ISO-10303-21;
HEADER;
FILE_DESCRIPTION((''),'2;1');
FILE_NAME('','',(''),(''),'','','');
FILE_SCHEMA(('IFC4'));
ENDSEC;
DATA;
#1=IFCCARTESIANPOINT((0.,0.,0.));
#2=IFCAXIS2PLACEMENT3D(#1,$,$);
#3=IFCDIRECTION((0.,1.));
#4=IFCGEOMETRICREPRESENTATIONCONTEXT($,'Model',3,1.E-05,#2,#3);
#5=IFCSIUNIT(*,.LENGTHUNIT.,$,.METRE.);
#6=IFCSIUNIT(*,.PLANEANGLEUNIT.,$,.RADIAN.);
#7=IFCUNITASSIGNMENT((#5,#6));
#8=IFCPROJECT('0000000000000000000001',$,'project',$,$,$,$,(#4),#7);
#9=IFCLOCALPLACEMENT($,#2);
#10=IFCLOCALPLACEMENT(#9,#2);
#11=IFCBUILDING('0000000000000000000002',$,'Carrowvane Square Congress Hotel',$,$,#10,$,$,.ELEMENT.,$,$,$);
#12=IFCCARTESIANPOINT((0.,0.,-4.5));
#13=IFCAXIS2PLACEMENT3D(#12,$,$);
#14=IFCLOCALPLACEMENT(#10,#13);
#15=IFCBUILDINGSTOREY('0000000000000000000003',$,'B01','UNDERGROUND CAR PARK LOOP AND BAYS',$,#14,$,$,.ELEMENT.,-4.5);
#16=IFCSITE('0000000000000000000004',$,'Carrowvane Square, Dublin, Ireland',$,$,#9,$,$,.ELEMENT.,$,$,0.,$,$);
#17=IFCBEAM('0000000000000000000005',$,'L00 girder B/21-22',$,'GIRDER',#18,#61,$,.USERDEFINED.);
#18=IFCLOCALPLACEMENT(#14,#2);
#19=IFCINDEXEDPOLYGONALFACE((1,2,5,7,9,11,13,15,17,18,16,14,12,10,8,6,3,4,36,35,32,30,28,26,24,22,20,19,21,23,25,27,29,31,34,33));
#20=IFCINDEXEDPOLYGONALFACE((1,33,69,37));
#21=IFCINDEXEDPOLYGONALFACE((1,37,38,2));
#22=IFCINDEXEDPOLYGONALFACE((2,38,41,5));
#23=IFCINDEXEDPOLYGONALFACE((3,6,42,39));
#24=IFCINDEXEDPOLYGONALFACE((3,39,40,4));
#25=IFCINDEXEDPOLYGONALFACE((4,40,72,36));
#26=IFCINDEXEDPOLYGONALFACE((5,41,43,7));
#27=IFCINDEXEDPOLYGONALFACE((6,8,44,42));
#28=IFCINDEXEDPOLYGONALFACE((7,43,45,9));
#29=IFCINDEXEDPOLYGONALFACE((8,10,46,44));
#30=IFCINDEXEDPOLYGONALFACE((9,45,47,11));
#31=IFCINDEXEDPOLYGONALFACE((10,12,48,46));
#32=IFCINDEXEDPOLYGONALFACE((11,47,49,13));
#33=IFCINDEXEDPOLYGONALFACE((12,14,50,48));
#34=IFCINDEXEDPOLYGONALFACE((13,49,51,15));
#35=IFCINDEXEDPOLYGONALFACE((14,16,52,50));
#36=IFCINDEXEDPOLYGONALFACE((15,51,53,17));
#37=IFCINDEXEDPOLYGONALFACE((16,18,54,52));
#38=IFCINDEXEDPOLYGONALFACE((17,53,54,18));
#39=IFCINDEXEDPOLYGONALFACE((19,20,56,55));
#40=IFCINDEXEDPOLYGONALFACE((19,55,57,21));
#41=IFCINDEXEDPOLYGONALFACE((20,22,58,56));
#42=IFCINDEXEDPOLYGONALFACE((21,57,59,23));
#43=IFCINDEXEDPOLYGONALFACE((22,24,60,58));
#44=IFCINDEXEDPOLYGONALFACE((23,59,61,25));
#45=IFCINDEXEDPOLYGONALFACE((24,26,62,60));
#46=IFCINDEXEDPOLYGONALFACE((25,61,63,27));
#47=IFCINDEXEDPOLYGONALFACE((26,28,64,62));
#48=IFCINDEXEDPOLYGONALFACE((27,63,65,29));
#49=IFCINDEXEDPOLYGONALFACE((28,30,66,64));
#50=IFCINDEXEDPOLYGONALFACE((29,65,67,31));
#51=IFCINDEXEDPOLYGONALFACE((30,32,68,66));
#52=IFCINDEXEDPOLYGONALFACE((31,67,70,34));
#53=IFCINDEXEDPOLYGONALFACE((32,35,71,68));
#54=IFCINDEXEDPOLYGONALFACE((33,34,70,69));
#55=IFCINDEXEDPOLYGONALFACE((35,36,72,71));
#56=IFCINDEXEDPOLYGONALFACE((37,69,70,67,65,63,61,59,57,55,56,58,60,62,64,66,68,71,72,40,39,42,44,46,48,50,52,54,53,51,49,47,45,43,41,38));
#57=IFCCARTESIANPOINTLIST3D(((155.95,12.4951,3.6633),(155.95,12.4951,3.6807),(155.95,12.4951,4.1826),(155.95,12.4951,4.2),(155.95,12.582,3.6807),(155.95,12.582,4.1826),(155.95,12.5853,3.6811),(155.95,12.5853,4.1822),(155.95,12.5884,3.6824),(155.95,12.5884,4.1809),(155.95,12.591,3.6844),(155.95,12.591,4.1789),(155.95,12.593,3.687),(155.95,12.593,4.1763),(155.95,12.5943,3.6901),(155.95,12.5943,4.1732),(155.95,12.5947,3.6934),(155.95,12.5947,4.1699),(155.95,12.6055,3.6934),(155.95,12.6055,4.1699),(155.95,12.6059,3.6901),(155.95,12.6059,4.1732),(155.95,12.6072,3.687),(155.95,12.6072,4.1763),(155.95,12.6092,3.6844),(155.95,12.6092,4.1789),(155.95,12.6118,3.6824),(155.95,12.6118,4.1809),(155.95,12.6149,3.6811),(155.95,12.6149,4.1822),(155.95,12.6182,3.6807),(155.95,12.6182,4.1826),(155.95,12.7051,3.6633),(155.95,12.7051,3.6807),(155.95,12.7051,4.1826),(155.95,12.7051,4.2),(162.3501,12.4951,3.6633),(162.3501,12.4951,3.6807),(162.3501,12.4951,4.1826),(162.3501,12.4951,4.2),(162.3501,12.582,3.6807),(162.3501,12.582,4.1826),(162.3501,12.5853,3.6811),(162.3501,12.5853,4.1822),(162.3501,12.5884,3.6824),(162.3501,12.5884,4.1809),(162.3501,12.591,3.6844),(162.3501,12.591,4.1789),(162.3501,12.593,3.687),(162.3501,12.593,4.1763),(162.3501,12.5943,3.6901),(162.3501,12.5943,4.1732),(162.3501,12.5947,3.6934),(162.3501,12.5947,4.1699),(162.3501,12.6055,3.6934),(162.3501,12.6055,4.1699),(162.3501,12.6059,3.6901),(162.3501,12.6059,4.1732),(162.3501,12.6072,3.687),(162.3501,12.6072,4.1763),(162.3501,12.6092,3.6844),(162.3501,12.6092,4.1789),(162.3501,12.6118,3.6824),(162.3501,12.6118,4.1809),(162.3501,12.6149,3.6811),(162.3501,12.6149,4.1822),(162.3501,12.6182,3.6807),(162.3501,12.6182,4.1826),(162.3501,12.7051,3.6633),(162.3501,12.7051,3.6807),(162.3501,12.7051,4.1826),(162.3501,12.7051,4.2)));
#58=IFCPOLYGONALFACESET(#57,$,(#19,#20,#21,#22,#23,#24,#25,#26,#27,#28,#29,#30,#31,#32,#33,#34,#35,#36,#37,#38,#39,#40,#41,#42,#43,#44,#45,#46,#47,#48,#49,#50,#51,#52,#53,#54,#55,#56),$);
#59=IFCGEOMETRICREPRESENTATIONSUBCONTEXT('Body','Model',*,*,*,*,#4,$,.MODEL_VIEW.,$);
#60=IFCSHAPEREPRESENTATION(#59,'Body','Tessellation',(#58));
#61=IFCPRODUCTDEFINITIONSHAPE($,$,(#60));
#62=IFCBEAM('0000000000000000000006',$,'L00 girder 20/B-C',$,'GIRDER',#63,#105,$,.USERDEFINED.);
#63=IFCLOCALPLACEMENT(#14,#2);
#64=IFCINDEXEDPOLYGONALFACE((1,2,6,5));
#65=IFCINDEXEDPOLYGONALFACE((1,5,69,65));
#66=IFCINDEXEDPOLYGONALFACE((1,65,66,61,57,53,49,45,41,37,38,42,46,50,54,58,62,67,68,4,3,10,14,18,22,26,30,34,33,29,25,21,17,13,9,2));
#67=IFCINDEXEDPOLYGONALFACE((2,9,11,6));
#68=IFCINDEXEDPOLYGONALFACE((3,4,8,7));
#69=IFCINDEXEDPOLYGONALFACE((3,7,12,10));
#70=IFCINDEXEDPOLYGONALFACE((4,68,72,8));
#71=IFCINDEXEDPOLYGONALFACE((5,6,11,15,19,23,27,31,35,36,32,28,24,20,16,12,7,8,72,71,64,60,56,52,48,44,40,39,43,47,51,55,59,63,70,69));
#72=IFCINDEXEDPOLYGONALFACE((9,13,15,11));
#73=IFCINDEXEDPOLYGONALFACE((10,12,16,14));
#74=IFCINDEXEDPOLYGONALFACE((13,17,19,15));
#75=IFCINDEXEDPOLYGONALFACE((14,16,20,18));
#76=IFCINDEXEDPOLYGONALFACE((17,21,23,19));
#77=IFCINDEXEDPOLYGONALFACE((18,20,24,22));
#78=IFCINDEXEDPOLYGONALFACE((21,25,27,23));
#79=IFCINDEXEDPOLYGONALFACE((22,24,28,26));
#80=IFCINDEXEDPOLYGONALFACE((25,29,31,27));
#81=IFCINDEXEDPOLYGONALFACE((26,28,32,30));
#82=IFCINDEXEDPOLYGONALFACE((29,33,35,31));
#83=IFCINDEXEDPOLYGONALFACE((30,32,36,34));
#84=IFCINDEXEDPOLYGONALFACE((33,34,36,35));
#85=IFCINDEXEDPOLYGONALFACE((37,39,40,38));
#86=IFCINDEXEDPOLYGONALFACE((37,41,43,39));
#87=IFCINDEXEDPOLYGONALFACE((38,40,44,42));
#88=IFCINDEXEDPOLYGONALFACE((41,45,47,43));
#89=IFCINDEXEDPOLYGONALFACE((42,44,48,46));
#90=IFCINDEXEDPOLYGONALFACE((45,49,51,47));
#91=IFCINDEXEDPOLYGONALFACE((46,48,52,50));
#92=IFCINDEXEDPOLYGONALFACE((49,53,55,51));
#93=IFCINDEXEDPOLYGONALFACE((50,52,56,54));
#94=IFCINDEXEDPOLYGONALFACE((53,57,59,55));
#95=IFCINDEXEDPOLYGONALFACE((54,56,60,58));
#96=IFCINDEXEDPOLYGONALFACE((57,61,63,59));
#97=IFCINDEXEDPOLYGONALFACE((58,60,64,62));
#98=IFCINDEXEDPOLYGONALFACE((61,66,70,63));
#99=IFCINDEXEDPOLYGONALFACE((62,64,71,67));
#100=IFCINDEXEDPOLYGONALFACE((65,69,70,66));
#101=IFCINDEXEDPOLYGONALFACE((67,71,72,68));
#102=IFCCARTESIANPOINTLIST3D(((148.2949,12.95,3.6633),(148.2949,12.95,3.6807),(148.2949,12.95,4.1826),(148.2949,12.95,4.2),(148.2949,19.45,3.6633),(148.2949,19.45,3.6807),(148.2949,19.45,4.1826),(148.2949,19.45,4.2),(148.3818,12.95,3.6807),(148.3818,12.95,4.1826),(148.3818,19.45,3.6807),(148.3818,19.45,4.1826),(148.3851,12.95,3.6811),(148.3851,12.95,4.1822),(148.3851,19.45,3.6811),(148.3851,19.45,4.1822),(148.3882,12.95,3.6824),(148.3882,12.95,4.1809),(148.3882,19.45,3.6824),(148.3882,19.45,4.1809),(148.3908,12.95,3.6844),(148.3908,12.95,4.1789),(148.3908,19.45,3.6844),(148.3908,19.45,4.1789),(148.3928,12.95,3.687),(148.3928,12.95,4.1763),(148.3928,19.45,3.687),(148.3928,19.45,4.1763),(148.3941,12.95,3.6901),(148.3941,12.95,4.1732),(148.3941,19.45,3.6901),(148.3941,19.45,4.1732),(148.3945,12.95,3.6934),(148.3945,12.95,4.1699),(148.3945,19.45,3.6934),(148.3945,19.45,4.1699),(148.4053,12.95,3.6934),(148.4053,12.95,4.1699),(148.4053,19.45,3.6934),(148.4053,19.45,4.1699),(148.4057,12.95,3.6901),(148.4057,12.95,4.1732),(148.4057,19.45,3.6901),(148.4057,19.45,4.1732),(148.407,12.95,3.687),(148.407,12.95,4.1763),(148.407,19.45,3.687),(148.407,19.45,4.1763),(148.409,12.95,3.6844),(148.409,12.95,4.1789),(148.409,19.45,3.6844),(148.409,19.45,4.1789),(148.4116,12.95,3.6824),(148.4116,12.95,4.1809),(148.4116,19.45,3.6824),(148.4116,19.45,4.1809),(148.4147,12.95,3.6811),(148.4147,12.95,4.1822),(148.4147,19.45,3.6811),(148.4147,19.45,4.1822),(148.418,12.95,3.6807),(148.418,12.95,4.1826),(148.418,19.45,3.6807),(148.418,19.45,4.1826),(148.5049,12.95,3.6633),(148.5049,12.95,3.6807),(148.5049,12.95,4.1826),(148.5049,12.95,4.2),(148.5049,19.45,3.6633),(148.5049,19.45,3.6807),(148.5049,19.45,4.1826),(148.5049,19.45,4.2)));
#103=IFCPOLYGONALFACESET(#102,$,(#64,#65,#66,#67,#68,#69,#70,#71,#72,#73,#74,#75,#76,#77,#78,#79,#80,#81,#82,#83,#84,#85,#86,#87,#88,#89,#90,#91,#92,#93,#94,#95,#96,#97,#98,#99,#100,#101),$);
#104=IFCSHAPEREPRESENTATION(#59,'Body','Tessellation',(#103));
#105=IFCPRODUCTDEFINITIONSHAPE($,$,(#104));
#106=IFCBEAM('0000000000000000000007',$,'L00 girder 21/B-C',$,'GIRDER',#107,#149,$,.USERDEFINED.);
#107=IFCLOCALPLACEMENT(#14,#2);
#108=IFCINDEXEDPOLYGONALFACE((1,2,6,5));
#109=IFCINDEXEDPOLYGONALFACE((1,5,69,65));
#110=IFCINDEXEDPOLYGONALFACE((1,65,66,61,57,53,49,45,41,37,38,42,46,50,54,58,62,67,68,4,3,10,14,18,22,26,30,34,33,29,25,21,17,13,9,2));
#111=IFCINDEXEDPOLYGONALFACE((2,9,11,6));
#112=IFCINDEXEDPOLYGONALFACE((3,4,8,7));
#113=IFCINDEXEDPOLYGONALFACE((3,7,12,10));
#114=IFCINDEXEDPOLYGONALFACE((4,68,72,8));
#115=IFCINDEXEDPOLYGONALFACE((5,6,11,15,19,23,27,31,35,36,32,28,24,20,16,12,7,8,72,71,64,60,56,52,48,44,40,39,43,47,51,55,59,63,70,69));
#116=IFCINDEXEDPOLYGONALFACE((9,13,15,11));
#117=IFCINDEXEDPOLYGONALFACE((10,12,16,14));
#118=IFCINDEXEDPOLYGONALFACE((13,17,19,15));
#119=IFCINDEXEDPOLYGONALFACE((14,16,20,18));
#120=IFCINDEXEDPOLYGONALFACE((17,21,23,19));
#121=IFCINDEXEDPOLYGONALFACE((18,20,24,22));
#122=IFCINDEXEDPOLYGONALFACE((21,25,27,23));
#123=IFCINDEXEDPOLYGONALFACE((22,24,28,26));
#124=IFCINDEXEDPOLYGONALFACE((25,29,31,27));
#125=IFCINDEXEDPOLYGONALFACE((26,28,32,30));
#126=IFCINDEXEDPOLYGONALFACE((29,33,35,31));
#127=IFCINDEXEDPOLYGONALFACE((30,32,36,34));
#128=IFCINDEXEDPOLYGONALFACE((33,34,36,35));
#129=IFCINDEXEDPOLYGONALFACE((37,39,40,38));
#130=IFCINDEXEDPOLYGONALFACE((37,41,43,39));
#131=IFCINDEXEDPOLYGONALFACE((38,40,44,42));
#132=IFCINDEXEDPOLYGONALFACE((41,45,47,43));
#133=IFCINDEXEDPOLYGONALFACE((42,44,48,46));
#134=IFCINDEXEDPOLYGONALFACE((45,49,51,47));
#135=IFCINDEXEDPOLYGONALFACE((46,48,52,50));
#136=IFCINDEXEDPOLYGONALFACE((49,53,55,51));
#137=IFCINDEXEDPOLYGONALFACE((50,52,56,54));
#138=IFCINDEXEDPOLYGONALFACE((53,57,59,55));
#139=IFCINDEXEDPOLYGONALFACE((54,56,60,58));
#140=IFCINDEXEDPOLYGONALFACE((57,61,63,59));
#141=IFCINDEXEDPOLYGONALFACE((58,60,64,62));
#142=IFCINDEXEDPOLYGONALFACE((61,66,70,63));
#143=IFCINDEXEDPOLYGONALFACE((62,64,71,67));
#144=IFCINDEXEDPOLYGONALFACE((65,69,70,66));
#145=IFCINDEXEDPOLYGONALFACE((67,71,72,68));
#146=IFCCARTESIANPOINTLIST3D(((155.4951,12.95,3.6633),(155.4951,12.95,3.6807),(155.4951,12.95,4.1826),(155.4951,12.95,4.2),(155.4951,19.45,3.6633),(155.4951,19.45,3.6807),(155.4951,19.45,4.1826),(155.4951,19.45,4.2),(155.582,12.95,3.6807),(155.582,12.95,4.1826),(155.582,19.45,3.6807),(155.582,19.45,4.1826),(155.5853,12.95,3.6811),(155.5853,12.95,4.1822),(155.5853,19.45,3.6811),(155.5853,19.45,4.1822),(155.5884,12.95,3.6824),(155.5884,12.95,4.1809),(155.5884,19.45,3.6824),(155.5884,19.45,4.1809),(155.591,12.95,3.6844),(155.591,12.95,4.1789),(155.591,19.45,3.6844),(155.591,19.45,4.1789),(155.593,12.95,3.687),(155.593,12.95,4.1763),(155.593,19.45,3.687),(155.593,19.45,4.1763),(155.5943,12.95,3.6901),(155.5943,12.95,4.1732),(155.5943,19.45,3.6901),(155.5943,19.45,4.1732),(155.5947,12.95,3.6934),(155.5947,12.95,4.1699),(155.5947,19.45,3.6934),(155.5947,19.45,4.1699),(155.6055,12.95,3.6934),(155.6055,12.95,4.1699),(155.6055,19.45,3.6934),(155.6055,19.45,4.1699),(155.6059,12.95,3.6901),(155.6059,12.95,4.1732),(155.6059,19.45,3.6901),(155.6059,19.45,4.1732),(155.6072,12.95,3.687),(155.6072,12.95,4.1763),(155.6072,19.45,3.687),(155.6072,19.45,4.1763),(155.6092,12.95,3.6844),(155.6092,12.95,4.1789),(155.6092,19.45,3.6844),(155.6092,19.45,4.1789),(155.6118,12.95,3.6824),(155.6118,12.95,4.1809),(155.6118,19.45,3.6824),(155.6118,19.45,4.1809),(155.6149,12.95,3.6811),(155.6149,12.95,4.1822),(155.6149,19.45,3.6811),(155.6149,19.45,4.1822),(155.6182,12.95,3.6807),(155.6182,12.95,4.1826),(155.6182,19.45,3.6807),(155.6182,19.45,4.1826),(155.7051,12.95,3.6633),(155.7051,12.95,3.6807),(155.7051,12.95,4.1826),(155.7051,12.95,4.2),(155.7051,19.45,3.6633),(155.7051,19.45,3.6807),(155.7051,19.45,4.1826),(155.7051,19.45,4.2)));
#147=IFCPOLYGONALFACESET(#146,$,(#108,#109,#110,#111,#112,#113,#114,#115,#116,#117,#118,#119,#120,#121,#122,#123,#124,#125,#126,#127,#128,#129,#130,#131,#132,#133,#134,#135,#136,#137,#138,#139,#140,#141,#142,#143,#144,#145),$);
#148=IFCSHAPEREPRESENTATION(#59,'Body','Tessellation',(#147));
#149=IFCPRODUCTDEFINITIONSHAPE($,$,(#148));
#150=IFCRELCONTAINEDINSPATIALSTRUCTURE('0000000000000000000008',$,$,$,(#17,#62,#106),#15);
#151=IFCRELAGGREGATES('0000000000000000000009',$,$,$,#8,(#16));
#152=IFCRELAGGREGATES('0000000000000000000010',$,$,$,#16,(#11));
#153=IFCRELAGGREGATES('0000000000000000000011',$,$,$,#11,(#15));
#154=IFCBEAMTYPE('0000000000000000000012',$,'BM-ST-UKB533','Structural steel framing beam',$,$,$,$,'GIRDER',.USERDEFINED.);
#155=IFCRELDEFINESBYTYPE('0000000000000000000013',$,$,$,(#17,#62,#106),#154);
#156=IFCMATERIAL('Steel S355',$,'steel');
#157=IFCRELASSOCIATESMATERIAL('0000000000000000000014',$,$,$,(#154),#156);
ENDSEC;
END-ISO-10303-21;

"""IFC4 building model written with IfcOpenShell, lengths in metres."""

from ifc_helpers import new_model, si_unit, direction, frame, origin, origin_2d, place, context, subcontext, project, spatial, i_section, extrude, material, material_profile, profile_set, type_object, element, save


model = new_model("IFC4")

# Units and contexts
model_context = context("Model", 3, precision=1e-05, world=origin(), true_north=direction((0.0, 1.0)))
body_context = subcontext(model_context, "Body", "Model", "MODEL_VIEW")
ifc_project = project(units=[si_unit("LENGTHUNIT", "METRE"), si_unit("PLANEANGLEUNIT", "RADIAN")], contexts=[model_context])

# Site, building, storey
site_placement = place(None, origin())
site = spatial("IfcSite", under=ifc_project, at=site_placement, Name="Carrowvane Square, Dublin, Ireland", CompositionType="ELEMENT", RefElevation=0.0)
building_placement = place(site_placement, origin())
building = spatial("IfcBuilding", under=site, at=building_placement, Name="Carrowvane Square Congress Hotel", CompositionType="ELEMENT")
storey_placement = place(building_placement, frame((0.0, 0.0, -4.5)))
storey = spatial("IfcBuildingStorey", under=building, at=storey_placement, Name="B01", Description="UNDERGROUND CAR PARK LOOP AND BAYS", CompositionType="ELEMENT", Elevation=-4.5)

# Beams
ifc_material_1 = material(Name="Steel S355", Category="steel")
ifc_material_profile_1 = material_profile(ifc_material_1, i_section(OverallWidth=0.21, OverallDepth=0.5366, WebThickness=0.0107, FlangeThickness=0.0173, FilletRadius=0.0127, at=origin_2d()), Name="UKB 533x210x101")
ifc_profile_set_1 = profile_set([ifc_material_profile_1], Name="Steel S355")
beam_type_1 = type_object("IfcBeamType", Name="BM-ST-UKB533", Description="Structural steel framing beam", ElementType="GIRDER", PredefinedType="USERDEFINED", material=ifc_profile_set_1)
beam_1_placement = place(storey_placement, frame((155.95, 12.6001, 3.9316), z_axis=(1.0, 0.0, 0.0), x_axis=(0.0, 1.0, 0.0)))
element("IfcBeam", 1, at=beam_1_placement, inside=storey, type_object=beam_type_1, Name="L00 girder B/21-22", ObjectType="GIRDER", PredefinedType="USERDEFINED", context=body_context, shape_type="SweptSolid", body=[
    extrude(i_section(OverallWidth=0.21, OverallDepth=0.5366, WebThickness=0.0107, FlangeThickness=0.0173, FilletRadius=0.0127, at=origin_2d()), origin(), (0.0, 0.0, 1.0), 6.4001),
])
for number, where, z_axis, x_axis, name in (
    (2, (148.3999, 12.95, 3.9316), (0.0, 1.0, 0.0), (-1.0, 0.0, 0.0), "L00 girder 20/B-C"),
    (3, (155.6001, 12.95, 3.9316), (0.0, 1.0, 0.0), (-1.0, 0.0, 0.0), "L00 girder 21/B-C"),
):
    element("IfcBeam", number, at=place(storey_placement, frame(where, z_axis=z_axis, x_axis=x_axis)), inside=storey, type_object=beam_type_1, Name=name, ObjectType="GIRDER", PredefinedType="USERDEFINED", context=body_context, shape_type="SweptSolid", body=[
        extrude(i_section(OverallWidth=0.21, OverallDepth=0.5366, WebThickness=0.0107, FlangeThickness=0.0173, FilletRadius=0.0127, at=origin_2d()), origin(), (0.0, 0.0, 1.0), 6.5),
    ])

save(model, "model.ifc")
